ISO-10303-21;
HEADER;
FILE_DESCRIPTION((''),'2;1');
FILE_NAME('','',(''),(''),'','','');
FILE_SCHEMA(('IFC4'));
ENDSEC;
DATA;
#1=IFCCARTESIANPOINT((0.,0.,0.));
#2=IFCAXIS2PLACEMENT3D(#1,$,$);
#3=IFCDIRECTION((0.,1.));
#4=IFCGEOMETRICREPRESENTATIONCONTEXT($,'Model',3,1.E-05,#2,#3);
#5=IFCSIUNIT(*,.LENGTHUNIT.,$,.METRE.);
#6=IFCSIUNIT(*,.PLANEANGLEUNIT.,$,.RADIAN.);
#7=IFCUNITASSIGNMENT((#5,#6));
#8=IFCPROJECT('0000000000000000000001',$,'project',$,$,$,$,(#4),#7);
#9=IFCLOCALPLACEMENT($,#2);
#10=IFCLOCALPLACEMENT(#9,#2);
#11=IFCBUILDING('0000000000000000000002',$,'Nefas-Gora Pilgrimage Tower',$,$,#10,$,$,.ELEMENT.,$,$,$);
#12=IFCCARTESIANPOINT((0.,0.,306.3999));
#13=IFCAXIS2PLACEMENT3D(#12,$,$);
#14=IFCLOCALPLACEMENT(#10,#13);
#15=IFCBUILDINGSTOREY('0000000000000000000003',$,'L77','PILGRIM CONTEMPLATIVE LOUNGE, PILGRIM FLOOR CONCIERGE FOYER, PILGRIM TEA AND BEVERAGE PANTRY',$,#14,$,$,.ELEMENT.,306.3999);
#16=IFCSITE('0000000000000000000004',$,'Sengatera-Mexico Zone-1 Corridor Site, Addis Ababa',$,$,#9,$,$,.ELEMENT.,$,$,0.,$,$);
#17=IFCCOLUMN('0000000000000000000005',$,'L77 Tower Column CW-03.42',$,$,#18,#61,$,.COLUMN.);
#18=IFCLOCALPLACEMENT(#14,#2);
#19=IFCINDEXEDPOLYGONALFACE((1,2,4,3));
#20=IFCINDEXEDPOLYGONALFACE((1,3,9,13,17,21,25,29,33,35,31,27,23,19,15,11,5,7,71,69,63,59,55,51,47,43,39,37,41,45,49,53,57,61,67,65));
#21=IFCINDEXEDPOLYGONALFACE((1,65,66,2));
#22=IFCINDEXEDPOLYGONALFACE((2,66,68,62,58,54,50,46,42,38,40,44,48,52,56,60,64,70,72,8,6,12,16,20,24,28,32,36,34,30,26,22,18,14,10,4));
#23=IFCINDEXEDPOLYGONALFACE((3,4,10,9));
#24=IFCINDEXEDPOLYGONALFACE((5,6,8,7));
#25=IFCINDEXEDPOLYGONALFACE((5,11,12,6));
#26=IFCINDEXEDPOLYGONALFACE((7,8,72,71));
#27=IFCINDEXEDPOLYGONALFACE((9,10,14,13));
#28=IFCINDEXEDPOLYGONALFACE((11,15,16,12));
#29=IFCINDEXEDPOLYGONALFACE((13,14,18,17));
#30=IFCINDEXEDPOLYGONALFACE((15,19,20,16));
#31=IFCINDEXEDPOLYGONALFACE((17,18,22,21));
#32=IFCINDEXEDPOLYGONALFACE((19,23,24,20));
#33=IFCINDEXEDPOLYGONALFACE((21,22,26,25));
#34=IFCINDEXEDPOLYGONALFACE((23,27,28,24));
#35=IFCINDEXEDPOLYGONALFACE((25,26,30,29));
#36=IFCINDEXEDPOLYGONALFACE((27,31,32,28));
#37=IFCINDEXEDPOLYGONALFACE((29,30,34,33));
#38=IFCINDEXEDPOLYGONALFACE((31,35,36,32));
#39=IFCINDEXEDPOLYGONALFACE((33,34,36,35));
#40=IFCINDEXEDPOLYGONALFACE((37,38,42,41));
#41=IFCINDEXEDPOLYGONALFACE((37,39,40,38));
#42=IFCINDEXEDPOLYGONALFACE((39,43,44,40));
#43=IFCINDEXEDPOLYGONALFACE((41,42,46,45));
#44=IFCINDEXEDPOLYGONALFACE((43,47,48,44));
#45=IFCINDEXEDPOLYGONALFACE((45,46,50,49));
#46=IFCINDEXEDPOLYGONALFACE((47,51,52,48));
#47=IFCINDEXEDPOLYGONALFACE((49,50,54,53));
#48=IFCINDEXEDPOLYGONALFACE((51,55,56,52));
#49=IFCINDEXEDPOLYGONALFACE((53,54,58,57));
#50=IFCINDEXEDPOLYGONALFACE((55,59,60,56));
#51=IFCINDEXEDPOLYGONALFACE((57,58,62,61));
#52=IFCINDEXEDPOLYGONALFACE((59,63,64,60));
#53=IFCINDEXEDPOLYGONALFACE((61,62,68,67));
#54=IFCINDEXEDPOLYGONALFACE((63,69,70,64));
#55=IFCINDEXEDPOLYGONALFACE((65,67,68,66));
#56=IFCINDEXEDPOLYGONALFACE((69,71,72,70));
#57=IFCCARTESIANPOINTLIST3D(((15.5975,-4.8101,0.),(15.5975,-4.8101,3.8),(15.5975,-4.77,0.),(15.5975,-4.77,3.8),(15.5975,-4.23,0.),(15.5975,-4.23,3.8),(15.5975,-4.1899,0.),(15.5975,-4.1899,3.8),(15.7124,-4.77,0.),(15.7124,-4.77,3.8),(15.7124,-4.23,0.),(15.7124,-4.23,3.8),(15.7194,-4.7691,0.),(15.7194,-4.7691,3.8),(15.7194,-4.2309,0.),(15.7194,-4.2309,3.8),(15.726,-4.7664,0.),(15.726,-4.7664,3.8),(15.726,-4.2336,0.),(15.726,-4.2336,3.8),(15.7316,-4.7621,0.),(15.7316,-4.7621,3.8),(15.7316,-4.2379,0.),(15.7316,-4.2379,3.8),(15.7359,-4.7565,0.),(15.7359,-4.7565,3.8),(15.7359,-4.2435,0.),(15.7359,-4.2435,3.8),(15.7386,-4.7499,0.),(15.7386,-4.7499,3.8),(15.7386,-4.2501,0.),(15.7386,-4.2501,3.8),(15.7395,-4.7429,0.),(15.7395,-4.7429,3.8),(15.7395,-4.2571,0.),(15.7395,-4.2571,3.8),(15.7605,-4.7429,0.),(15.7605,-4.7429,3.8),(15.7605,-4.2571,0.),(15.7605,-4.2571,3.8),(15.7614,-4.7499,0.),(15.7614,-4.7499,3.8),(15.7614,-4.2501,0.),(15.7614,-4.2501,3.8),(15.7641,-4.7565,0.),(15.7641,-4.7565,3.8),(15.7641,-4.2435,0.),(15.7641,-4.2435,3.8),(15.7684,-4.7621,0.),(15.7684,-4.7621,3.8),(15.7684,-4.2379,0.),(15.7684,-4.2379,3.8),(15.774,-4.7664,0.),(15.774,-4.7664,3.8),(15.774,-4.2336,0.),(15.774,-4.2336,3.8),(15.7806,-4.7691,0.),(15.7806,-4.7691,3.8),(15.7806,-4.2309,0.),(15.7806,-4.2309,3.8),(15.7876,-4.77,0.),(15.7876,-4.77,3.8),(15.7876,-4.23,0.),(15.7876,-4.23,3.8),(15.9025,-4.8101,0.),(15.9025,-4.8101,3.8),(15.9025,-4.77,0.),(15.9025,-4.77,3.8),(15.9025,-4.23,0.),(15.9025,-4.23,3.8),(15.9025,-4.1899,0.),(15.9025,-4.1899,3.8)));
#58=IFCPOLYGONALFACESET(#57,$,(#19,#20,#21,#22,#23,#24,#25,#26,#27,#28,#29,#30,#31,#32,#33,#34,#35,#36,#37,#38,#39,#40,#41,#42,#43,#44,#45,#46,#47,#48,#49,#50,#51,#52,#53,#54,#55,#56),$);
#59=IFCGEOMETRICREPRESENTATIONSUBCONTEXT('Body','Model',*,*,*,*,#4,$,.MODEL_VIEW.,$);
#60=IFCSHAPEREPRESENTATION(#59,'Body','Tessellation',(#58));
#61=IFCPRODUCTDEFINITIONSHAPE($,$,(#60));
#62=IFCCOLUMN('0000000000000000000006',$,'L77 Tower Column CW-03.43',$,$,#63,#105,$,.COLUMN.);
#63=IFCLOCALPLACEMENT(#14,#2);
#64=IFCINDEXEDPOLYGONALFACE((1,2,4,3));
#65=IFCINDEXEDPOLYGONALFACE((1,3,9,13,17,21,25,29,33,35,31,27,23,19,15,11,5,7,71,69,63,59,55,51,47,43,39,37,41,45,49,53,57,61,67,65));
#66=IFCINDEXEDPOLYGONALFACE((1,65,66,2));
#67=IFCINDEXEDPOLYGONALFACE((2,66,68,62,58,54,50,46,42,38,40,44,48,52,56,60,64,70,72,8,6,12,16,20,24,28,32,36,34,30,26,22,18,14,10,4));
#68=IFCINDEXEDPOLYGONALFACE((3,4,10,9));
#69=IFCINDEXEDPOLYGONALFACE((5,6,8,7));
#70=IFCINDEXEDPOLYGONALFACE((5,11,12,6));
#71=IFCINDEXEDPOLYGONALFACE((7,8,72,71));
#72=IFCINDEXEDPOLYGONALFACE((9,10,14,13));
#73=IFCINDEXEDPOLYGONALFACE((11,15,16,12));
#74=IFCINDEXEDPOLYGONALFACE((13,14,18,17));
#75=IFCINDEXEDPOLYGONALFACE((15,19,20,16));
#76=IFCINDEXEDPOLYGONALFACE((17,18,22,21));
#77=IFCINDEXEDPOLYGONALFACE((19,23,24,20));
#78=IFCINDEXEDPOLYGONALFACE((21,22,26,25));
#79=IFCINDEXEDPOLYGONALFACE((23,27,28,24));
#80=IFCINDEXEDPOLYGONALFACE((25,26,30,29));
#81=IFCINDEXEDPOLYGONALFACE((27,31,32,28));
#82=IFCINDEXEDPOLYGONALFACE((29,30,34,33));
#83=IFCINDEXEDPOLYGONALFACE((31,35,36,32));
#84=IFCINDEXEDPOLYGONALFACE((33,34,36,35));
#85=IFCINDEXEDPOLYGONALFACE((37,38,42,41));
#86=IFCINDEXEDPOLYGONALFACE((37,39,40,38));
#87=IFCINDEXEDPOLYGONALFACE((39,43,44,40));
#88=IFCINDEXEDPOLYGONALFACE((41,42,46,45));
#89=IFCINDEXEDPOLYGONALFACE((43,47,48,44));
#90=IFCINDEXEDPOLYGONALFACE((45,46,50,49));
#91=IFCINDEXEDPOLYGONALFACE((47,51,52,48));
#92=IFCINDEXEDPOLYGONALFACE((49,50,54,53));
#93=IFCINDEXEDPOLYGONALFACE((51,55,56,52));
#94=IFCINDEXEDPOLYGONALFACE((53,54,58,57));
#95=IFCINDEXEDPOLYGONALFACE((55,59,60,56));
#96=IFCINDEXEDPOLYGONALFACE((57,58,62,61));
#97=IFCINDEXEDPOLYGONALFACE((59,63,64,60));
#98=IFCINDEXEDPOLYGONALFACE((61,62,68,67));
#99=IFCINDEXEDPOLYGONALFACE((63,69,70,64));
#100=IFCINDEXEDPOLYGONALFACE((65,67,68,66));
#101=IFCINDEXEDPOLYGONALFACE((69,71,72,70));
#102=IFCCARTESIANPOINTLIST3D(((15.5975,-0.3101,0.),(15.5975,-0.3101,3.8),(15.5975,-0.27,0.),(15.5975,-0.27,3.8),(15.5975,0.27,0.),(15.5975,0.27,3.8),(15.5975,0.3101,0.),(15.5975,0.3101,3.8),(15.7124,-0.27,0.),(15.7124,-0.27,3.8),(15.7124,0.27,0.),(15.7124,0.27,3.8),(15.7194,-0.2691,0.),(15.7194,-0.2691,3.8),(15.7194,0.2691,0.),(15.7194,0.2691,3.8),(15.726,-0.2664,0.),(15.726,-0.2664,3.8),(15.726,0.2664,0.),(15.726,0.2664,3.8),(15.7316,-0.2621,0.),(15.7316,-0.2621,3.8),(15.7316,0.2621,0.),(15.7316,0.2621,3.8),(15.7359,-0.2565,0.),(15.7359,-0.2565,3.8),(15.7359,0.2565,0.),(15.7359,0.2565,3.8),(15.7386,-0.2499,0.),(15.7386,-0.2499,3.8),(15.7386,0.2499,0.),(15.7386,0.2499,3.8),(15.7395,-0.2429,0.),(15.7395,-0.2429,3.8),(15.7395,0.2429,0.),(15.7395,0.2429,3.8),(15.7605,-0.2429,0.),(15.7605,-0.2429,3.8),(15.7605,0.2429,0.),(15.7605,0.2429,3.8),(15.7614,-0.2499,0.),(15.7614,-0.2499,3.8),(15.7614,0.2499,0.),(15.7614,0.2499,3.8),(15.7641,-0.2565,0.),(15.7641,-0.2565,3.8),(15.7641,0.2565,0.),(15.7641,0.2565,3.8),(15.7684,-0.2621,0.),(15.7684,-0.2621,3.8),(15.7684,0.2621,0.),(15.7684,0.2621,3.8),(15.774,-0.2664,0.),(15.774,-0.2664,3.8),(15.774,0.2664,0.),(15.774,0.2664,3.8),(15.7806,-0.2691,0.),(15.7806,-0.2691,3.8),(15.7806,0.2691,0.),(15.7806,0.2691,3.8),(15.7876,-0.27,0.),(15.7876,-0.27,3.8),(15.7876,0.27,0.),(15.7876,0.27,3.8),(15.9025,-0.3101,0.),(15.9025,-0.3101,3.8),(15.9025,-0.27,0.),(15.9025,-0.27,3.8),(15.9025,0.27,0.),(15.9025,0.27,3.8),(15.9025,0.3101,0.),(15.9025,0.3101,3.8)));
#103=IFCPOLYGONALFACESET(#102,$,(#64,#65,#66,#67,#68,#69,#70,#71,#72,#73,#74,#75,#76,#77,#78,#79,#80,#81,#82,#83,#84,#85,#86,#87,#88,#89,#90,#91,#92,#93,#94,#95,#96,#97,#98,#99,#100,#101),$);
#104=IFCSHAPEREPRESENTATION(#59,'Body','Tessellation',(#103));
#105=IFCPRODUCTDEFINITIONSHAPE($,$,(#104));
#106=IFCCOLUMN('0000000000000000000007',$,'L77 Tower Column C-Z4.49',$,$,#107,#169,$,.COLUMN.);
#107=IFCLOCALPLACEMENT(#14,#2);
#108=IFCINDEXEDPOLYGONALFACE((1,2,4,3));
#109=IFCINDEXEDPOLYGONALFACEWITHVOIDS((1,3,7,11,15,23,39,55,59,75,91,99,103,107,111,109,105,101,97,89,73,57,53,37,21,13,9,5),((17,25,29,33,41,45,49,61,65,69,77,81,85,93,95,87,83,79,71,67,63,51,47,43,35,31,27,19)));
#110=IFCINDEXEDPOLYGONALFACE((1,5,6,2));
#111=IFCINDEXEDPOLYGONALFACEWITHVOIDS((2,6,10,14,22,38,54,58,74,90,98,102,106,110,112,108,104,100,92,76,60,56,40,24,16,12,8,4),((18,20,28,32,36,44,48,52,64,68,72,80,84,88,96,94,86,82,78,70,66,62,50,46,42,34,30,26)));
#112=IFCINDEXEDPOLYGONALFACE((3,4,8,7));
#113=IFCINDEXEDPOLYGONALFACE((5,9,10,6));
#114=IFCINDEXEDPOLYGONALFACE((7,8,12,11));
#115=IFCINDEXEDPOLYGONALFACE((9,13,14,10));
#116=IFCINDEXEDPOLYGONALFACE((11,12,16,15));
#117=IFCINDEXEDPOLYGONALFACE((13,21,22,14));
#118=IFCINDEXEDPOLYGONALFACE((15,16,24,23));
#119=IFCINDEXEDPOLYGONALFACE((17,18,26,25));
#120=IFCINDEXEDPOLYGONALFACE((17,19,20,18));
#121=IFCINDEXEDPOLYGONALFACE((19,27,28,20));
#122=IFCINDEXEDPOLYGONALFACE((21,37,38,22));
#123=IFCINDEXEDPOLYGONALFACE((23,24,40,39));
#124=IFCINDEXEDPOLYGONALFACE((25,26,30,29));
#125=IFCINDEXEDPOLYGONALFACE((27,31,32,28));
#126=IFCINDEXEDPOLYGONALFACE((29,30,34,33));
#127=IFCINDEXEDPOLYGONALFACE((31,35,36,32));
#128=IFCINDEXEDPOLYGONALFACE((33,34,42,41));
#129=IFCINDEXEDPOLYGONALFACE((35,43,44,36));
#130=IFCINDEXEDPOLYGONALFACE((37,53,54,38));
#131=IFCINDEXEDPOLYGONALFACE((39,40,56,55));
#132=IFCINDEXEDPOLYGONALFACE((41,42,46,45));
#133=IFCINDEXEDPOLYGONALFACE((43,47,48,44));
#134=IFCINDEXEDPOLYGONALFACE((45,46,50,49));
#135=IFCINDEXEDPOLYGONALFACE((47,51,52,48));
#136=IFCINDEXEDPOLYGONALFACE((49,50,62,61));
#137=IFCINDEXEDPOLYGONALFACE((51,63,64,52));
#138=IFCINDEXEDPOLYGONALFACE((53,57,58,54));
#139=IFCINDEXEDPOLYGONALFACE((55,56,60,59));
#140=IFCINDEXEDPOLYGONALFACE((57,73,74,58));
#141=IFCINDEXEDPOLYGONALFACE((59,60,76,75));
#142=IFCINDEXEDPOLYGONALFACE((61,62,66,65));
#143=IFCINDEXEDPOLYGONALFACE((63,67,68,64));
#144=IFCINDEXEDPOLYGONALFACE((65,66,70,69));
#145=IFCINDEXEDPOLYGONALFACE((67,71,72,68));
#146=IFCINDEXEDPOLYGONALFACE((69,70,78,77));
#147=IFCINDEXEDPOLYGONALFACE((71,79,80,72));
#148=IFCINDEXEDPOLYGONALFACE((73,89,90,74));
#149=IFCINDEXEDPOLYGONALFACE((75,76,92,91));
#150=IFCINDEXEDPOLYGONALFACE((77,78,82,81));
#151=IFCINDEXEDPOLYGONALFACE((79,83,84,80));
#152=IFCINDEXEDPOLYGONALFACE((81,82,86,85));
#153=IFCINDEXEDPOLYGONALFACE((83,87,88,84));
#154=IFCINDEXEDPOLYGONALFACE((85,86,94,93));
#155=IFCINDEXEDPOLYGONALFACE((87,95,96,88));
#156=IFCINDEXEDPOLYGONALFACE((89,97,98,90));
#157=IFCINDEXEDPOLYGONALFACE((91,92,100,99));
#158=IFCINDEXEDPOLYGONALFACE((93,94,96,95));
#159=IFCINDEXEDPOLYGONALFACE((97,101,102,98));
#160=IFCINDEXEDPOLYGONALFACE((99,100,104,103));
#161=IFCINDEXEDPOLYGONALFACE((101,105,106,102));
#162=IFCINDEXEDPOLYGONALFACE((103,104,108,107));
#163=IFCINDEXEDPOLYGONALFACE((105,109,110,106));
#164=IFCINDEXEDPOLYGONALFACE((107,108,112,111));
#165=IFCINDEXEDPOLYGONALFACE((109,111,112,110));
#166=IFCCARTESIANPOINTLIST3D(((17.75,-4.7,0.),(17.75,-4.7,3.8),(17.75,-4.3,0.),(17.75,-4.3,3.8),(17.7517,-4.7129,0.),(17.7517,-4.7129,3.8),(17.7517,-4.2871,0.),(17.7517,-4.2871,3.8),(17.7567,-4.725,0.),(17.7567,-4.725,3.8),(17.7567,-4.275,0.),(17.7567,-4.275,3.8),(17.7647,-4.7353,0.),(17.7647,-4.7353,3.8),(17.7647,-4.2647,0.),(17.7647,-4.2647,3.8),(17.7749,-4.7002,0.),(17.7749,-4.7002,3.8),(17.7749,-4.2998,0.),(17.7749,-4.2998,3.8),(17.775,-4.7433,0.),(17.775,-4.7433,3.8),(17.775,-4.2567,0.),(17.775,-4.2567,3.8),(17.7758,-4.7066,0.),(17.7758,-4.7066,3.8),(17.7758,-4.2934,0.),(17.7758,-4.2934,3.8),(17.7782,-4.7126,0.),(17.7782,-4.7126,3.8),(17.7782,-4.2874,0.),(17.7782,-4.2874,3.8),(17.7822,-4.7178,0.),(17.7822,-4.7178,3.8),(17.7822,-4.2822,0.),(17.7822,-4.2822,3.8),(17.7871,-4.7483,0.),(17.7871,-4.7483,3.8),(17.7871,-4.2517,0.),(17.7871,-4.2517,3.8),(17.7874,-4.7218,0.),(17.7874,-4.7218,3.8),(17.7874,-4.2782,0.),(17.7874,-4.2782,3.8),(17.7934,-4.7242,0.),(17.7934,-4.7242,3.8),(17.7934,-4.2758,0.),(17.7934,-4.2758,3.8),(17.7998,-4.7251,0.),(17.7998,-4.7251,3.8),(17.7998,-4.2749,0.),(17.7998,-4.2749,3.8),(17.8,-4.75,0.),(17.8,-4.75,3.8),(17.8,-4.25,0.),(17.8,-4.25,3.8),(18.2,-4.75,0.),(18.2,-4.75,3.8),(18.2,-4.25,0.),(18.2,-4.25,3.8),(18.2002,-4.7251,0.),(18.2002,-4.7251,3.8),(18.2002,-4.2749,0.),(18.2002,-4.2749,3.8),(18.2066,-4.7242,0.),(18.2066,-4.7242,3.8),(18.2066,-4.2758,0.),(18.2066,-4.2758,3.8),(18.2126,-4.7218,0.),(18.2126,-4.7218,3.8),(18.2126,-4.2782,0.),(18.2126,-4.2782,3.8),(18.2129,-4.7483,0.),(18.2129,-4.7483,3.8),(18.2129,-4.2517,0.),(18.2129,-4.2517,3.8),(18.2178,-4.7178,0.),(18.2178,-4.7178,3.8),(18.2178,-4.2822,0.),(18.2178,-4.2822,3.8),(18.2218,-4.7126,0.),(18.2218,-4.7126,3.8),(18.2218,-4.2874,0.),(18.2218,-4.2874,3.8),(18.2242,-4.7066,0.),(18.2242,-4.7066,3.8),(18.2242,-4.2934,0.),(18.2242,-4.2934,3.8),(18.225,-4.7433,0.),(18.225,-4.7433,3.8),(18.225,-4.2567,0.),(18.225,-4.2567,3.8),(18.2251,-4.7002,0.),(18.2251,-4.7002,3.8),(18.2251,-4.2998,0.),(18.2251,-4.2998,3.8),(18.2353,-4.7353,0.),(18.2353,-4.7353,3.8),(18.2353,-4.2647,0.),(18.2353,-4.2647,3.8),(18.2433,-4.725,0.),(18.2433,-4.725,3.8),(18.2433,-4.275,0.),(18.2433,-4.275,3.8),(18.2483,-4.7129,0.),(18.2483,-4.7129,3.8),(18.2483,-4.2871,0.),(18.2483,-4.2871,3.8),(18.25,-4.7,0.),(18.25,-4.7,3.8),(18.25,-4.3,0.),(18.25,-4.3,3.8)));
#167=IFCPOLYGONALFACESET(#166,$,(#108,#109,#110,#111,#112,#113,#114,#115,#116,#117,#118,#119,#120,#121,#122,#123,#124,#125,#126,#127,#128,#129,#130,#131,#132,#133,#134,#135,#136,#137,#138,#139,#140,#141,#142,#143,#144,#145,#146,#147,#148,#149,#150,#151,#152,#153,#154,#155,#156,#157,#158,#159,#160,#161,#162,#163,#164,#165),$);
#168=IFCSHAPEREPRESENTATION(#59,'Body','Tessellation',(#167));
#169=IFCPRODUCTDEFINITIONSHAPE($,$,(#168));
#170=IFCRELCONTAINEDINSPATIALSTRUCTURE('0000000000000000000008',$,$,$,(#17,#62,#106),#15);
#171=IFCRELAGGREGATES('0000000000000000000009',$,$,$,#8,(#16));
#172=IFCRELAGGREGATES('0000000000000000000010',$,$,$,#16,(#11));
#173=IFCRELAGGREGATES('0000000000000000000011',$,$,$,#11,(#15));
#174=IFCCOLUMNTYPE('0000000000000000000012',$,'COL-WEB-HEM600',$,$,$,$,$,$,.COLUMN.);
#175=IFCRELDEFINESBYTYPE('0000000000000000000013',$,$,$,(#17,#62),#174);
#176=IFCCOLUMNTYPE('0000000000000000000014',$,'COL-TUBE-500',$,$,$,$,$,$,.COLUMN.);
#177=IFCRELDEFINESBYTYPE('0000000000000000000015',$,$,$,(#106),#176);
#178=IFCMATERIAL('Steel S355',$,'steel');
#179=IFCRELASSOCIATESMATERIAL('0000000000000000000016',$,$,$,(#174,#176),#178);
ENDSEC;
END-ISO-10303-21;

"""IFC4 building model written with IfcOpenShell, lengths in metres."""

from ifc_helpers import new_model, si_unit, direction, frame, origin, origin_2d, place, context, subcontext, project, spatial, hollow_rectangle, i_section, extrude, source, transform, mapped, material, material_profile, profile_set, type_object, element, save


model = new_model("IFC4")

# Units and contexts
model_context = context("Model", 3, precision=1e-05, world=origin(), true_north=direction((0.0, 1.0)))
body_context = subcontext(model_context, "Body", "Model", "MODEL_VIEW")
ifc_project = project(units=[si_unit("LENGTHUNIT", "METRE"), si_unit("PLANEANGLEUNIT", "RADIAN")], contexts=[model_context])

# Site, building, storey
site_placement = place(None, origin())
site = spatial("IfcSite", under=ifc_project, at=site_placement, Name="Sengatera-Mexico Zone-1 Corridor Site, Addis Ababa", CompositionType="ELEMENT", RefElevation=0.0)
building_placement = place(site_placement, origin())
building = spatial("IfcBuilding", under=site, at=building_placement, Name="Nefas-Gora Pilgrimage Tower", CompositionType="ELEMENT")
storey_placement = place(building_placement, frame((0.0, 0.0, 306.3999)))
storey = spatial("IfcBuildingStorey", under=building, at=storey_placement, Name="L77", Description="PILGRIM CONTEMPLATIVE LOUNGE, PILGRIM FLOOR CONCIERGE FOYER, PILGRIM TEA AND BEVERAGE PANTRY", CompositionType="ELEMENT", Elevation=306.3999)

# Columns
ifc_material_1 = material(Name="Steel S355", Category="steel")
ifc_material_profile_1 = material_profile(ifc_material_1, i_section(OverallWidth=0.3049, OverallDepth=0.6201, WebThickness=0.021, FlangeThickness=0.04, FilletRadius=0.0271, at=origin_2d()), Name="HEM 600")
ifc_profile_set_1 = profile_set([ifc_material_profile_1], Name="Steel S355")
column_type_1 = type_object("IfcColumnType", Name="COL-WEB-HEM600", PredefinedType="COLUMN", material=ifc_profile_set_1)
shared_shape_1 = source(origin(), body_context, "Body", "SweptSolid", [
    extrude(i_section(OverallWidth=0.3049, OverallDepth=0.6201, WebThickness=0.021, FlangeThickness=0.04, FilletRadius=0.0271, at=origin_2d()), origin(), (0.0, 0.0, 1.0), 3.8),
])
for number, where, z_axis, x_axis, name in (
    (1, (15.75, -4.5, 0.0), (0.0, 0.0, 1.0), (1.0, 0.0, 0.0), "L77 Tower Column CW-03.42"),
    (2, (15.75, 0.0, 0.0), (0.0, 0.0, 1.0), (1.0, 0.0, 0.0), "L77 Tower Column CW-03.43"),
):
    element("IfcColumn", number, at=place(storey_placement, frame(where, z_axis=z_axis, x_axis=x_axis)), inside=storey, type_object=column_type_1, Name=name, PredefinedType="COLUMN", context=body_context, shape_type="MappedRepresentation", body=[
        mapped(shared_shape_1, transform((0.0, 0.0, 0.0), x_axis=(1.0, 0.0, 0.0), y_axis=(0.0, 1.0, 0.0), z_axis=(0.0, 0.0, 1.0), scale=1.0)),
    ])
ifc_material_profile_2 = material_profile(ifc_material_1, hollow_rectangle(XDim=0.5, YDim=0.5, WallThickness=0.0249, InnerFilletRadius=0.0249, OuterFilletRadius=0.05, at=origin_2d()), Name="SHS 500x500x25")
ifc_profile_set_2 = profile_set([ifc_material_profile_2], Name="Steel S355")
column_type_2 = type_object("IfcColumnType", Name="COL-TUBE-500", PredefinedType="COLUMN", material=ifc_profile_set_2)
shared_shape_2 = source(origin(), body_context, "Body", "SweptSolid", [
    extrude(hollow_rectangle(XDim=0.5, YDim=0.5, WallThickness=0.0249, InnerFilletRadius=0.0249, OuterFilletRadius=0.05, at=origin_2d()), origin(), (0.0, 0.0, 1.0), 3.8),
])
for number, where, z_axis, x_axis, name in (
    (3, (18.0, -4.5, 0.0), (0.0, 0.0, 1.0), (1.0, 0.0, 0.0), "L77 Tower Column C-Z4.49"),
):
    element("IfcColumn", number, at=place(storey_placement, frame(where, z_axis=z_axis, x_axis=x_axis)), inside=storey, type_object=column_type_2, Name=name, PredefinedType="COLUMN", context=body_context, shape_type="MappedRepresentation", body=[
        mapped(shared_shape_2, transform((0.0, 0.0, 0.0), x_axis=(1.0, 0.0, 0.0), y_axis=(0.0, 1.0, 0.0), z_axis=(0.0, 0.0, 1.0), scale=1.0)),
    ])

save(model, "model.ifc")
